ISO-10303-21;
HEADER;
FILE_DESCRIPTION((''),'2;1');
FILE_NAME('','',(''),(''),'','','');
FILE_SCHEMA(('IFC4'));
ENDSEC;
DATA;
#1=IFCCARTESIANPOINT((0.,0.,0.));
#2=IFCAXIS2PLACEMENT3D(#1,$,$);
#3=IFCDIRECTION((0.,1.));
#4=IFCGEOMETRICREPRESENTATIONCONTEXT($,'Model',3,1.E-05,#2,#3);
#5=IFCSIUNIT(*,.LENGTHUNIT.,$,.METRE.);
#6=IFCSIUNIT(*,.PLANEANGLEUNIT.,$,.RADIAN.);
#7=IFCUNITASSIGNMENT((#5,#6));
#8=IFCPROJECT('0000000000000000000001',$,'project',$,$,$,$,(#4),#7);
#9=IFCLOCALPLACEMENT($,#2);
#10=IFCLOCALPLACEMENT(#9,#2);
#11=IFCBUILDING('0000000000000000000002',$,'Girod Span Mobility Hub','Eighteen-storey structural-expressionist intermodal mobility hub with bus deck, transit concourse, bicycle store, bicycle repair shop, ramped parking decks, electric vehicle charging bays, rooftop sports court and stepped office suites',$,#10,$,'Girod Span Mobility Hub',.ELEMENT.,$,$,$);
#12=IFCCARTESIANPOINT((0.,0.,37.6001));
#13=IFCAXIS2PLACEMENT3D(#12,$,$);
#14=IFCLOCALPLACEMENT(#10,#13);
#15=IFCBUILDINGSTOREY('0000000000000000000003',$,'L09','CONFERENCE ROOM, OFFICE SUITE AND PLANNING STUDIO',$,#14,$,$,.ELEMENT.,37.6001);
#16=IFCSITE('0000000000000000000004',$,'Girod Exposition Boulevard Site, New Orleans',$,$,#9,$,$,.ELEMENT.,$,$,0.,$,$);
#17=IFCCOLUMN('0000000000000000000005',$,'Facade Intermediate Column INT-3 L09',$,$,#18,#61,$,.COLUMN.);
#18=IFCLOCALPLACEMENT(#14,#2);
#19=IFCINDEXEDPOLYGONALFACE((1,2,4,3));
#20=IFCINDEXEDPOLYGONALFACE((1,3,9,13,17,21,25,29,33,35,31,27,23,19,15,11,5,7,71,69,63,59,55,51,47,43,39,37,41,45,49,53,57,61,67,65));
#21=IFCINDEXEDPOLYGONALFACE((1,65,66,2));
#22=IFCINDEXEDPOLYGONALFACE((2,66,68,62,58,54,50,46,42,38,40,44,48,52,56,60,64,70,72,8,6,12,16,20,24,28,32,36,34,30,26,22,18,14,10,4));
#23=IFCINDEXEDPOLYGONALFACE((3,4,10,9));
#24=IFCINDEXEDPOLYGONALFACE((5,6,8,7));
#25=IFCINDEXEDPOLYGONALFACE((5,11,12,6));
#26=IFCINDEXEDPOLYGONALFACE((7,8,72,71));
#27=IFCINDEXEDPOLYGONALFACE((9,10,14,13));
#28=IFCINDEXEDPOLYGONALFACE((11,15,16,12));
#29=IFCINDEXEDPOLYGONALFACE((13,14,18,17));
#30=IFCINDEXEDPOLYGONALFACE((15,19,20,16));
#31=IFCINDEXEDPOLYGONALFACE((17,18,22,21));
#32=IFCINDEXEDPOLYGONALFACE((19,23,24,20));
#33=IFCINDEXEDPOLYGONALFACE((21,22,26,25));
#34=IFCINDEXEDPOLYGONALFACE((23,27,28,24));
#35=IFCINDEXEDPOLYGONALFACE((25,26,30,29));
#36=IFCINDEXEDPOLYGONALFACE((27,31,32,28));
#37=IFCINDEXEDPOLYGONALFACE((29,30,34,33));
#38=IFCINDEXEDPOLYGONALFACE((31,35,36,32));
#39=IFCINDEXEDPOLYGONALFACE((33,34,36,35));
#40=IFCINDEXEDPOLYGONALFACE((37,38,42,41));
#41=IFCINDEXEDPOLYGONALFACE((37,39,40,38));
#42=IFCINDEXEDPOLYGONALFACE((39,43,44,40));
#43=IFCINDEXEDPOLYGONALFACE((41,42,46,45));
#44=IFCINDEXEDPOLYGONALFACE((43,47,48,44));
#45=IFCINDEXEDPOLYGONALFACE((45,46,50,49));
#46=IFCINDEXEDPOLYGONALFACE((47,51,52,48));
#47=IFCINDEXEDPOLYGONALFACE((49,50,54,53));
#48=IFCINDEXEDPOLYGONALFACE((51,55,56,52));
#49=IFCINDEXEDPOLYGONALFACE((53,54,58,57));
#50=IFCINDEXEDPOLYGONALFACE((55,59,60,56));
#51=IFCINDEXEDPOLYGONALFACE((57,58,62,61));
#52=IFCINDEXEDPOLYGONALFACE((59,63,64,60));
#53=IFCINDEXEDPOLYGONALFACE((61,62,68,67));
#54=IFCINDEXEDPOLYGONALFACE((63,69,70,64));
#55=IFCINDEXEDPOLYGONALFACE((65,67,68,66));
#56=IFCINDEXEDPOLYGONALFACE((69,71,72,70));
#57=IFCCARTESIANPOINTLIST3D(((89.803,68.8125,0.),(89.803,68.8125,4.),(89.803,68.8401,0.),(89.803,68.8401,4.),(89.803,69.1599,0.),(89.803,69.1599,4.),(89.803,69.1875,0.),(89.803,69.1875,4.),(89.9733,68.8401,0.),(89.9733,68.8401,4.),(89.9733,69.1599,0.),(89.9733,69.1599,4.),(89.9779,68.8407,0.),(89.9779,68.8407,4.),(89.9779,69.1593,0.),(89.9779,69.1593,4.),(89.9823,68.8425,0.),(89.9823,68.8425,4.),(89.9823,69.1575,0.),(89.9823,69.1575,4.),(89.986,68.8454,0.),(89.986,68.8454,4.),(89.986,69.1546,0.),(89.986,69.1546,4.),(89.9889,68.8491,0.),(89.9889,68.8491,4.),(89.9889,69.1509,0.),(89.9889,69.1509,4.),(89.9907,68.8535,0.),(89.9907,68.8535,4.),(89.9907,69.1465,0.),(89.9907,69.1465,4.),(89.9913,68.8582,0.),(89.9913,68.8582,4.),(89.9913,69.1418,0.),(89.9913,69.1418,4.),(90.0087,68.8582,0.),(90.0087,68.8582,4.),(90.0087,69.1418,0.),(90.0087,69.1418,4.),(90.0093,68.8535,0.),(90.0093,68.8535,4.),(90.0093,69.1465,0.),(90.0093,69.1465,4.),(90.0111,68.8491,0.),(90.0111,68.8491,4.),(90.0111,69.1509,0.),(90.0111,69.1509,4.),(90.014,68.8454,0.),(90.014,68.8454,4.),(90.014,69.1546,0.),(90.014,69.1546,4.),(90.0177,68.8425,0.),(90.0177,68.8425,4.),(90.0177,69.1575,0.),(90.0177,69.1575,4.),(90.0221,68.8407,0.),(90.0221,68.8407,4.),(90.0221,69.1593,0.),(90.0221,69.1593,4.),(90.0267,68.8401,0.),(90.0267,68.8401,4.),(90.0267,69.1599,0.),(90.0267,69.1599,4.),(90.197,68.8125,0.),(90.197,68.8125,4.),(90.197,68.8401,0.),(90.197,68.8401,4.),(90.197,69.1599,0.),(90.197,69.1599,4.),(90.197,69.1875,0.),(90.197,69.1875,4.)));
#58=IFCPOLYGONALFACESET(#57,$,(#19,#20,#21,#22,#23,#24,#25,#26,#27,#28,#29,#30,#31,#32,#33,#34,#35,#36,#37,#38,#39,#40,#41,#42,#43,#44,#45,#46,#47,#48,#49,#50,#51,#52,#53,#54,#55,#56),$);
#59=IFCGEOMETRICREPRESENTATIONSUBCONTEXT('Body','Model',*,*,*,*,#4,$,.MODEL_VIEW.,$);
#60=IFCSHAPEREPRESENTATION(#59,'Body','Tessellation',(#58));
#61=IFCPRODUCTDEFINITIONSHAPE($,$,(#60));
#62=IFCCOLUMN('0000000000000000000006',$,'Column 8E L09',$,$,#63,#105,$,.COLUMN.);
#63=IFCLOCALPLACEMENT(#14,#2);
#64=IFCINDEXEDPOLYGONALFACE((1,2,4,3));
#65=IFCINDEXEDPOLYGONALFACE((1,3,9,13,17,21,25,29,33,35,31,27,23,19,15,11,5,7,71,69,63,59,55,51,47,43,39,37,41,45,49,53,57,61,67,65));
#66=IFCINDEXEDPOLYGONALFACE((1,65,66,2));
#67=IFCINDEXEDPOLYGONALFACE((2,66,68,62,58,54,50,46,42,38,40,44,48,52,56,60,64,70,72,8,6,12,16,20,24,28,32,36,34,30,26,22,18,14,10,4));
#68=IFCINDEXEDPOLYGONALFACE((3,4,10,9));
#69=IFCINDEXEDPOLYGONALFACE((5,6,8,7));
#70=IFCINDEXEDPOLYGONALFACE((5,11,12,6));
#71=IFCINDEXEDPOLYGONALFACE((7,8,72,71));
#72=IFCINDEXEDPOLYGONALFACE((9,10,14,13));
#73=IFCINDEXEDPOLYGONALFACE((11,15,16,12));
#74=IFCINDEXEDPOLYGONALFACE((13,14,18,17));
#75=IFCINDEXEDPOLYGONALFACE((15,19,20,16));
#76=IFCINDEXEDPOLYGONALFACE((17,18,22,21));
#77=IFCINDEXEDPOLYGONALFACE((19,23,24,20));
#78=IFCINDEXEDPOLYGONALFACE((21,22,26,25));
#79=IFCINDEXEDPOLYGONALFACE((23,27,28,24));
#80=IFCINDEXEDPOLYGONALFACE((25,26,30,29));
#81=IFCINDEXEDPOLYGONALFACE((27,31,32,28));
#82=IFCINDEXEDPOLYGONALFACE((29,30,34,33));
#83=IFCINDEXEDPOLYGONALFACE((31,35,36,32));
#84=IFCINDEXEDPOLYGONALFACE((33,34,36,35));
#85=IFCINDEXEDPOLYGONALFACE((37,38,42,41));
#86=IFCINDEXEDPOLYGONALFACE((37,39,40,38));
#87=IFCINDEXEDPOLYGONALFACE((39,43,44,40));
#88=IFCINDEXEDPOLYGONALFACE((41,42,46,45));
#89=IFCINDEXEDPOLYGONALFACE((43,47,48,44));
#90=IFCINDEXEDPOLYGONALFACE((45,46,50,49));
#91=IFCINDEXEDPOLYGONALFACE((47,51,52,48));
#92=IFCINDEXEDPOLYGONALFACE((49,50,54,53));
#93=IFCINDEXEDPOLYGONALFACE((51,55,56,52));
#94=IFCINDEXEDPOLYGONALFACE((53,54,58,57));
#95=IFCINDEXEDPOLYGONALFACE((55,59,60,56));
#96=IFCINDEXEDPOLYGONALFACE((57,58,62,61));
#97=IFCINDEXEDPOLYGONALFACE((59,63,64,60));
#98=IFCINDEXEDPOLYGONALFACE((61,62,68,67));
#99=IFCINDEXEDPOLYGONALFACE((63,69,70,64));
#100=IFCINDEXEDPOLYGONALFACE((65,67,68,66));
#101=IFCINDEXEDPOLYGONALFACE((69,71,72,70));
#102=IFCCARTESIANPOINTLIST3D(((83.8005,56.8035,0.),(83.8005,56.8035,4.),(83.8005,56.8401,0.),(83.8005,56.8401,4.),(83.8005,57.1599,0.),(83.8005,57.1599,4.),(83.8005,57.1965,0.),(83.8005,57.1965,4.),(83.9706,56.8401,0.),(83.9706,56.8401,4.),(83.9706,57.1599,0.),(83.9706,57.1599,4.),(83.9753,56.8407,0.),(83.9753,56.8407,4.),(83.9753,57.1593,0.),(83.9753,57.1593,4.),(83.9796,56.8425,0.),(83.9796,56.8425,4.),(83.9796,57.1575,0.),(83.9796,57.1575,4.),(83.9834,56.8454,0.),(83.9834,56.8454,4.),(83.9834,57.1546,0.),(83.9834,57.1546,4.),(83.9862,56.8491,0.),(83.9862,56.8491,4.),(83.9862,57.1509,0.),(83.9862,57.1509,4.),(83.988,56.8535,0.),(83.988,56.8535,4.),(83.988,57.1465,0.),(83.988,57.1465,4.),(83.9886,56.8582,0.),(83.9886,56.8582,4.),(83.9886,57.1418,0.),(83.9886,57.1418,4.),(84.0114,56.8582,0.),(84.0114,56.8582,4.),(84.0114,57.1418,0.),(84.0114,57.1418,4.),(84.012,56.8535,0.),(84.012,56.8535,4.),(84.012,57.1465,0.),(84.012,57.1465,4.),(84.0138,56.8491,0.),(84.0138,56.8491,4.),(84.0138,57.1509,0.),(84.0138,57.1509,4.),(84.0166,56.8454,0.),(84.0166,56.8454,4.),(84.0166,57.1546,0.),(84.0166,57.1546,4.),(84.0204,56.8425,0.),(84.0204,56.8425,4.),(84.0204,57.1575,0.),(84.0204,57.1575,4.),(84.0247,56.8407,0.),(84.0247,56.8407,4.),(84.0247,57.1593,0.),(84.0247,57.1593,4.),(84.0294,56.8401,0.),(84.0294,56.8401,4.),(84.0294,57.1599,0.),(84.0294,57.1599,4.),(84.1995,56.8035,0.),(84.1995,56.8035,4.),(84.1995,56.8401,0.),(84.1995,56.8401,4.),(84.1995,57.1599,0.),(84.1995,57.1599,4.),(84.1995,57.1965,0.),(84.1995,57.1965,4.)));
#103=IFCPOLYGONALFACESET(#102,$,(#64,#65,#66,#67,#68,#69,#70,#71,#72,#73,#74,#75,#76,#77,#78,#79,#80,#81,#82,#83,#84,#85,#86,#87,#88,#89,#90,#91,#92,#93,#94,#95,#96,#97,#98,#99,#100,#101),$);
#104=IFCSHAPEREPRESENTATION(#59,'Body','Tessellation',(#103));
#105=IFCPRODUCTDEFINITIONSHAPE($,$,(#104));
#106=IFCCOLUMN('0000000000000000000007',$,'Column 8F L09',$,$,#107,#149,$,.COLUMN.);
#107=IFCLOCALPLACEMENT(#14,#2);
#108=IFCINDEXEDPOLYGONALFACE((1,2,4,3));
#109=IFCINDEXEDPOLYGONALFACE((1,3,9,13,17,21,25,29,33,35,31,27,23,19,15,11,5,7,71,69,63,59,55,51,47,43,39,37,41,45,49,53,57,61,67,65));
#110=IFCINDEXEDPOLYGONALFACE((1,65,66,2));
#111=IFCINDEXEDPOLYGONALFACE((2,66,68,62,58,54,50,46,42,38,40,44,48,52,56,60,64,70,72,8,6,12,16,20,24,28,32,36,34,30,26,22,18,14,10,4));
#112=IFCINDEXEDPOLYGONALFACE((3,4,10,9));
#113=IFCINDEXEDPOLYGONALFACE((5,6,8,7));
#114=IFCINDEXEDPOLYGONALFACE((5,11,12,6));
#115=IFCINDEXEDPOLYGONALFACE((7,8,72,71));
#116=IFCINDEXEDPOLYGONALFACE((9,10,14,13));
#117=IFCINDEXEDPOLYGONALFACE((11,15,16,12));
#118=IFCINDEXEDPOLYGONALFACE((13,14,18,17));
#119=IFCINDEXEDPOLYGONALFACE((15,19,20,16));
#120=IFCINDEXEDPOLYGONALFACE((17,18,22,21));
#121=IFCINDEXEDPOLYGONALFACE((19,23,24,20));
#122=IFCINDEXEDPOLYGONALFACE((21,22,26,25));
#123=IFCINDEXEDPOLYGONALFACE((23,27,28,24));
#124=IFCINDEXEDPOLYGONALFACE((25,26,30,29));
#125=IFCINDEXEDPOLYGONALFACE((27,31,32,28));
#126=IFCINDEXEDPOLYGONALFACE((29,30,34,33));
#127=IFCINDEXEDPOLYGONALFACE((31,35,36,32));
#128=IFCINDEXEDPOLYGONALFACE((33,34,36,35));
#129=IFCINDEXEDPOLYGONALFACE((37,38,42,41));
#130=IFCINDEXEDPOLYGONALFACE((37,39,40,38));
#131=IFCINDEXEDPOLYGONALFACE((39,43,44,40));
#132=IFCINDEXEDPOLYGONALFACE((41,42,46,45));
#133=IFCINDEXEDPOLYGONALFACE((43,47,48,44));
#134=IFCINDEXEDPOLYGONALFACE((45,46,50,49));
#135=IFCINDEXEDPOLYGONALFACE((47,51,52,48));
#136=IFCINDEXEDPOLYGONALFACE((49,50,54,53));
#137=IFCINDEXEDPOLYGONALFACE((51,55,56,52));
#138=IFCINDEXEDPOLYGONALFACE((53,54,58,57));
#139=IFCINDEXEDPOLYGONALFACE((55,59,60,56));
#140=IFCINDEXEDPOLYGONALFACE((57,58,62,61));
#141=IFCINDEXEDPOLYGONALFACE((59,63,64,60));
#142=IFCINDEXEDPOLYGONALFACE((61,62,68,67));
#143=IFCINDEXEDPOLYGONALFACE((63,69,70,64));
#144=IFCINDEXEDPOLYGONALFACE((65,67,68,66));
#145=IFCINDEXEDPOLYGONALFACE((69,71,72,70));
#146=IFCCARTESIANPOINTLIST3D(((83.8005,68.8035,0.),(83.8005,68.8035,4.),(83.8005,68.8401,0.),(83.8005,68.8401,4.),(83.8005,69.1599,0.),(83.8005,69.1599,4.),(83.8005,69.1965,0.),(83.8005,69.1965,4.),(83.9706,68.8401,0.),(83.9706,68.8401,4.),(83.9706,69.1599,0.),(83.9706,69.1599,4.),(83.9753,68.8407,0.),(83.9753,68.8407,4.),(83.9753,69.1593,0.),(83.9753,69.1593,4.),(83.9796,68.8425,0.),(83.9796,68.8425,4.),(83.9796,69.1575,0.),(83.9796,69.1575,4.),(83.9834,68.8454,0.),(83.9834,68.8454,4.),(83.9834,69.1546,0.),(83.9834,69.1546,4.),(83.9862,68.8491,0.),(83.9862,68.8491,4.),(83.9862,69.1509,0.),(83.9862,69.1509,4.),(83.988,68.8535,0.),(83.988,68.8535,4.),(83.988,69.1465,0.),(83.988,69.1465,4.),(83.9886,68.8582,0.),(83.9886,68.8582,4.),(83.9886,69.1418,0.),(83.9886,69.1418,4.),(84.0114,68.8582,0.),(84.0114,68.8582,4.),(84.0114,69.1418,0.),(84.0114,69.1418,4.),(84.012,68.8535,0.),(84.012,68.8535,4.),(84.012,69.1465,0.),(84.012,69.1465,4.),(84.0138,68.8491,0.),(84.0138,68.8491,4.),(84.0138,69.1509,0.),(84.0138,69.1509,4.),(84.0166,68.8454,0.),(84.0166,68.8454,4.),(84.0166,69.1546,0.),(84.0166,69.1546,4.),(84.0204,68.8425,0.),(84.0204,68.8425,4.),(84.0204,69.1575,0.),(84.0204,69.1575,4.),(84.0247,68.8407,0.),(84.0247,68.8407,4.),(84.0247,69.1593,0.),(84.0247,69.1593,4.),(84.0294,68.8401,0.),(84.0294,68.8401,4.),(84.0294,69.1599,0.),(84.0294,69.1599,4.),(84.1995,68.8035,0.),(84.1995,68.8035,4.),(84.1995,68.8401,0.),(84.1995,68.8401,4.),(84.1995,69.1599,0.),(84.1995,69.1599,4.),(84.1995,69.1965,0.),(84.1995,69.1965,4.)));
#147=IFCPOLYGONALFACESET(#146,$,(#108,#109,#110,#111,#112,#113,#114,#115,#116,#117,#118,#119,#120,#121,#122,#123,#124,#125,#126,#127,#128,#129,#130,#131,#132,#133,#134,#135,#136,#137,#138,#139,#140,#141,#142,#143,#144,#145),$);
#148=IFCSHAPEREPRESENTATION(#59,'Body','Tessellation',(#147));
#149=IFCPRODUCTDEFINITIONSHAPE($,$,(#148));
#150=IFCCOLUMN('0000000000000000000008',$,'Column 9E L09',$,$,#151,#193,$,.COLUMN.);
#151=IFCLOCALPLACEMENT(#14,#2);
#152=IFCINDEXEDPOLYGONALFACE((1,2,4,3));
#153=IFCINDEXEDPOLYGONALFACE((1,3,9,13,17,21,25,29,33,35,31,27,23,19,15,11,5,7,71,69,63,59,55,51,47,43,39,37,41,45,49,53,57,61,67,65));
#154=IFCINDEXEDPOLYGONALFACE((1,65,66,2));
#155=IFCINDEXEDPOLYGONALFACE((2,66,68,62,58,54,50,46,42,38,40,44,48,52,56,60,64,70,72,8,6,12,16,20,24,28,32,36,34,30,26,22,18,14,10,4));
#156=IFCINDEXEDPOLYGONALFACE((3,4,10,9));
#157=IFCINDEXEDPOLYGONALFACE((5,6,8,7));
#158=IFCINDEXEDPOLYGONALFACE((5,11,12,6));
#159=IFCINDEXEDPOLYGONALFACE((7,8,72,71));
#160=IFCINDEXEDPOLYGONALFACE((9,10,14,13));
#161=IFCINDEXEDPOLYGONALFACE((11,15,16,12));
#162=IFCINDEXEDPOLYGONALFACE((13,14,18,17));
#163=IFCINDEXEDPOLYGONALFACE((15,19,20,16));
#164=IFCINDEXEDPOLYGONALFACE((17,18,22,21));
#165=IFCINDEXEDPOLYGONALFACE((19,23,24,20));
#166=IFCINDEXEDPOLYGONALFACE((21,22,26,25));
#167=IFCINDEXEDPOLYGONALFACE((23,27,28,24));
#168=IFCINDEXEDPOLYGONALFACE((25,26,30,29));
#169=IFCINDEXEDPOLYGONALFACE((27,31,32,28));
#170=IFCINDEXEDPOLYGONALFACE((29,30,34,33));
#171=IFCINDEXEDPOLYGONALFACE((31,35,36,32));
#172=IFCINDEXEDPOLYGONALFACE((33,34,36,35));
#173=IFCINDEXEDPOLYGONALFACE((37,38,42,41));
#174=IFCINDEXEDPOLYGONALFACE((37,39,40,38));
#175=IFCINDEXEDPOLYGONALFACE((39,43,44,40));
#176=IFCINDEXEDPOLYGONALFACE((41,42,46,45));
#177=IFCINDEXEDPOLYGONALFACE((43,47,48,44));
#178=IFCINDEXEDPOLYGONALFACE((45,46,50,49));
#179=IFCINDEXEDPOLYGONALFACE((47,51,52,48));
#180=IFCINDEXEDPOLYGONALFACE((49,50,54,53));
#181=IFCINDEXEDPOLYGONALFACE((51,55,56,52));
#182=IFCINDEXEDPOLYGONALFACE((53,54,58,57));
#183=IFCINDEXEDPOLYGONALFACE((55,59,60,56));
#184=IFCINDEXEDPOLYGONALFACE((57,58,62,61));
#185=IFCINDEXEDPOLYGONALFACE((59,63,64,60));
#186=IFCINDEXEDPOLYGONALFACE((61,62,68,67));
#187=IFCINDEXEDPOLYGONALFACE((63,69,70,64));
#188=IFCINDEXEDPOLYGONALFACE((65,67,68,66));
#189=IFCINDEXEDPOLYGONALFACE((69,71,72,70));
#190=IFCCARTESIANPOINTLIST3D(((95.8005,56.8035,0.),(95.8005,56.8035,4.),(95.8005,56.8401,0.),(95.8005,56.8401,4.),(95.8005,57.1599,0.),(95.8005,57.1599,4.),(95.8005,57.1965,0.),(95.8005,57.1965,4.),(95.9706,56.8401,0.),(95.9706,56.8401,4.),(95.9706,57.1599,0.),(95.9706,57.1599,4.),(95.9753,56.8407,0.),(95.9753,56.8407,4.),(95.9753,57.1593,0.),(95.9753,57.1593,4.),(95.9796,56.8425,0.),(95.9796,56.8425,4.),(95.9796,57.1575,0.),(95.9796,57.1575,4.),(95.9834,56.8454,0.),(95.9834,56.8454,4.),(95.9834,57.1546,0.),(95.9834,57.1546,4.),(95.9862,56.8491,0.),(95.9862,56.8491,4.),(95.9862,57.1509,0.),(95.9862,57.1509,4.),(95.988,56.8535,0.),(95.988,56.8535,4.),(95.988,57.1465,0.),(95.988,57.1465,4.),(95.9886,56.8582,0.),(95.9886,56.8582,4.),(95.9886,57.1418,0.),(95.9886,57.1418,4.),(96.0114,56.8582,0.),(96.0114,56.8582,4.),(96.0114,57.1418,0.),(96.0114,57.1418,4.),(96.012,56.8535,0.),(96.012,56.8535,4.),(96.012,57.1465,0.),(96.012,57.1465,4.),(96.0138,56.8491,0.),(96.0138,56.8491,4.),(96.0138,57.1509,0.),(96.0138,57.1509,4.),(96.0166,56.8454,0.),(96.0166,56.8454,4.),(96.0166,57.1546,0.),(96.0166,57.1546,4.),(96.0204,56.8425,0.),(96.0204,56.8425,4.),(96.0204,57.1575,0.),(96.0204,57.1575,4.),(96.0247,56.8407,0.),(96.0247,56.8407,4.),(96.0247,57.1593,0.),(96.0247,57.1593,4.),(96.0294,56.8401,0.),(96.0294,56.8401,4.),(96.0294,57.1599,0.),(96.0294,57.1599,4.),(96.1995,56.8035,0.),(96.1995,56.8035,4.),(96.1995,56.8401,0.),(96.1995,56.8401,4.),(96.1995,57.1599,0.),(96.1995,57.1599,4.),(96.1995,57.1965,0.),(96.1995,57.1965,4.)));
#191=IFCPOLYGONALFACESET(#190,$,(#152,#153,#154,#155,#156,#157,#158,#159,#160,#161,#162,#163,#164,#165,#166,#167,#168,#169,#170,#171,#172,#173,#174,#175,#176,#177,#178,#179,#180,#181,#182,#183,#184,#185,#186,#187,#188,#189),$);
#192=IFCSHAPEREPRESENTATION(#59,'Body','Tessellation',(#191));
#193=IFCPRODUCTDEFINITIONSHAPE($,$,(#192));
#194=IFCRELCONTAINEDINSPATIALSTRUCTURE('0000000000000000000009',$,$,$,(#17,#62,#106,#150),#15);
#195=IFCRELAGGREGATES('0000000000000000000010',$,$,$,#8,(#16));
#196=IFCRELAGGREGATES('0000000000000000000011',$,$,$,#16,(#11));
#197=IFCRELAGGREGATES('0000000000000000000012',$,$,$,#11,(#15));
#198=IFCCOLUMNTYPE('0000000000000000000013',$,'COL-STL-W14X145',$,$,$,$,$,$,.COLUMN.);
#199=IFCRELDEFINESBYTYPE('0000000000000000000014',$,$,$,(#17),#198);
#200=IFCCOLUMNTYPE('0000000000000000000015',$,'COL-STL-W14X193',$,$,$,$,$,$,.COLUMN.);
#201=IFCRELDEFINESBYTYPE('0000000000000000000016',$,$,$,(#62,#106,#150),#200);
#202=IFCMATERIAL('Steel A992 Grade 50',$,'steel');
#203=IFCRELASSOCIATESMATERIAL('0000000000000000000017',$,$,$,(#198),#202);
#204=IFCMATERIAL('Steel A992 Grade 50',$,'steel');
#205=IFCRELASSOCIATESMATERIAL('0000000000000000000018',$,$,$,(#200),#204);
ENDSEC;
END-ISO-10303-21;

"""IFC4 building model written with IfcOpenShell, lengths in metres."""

from ifc_helpers import new_model, si_unit, direction, frame, origin, origin_2d, place, context, subcontext, project, spatial, i_section, extrude, material, material_profile, profile_set, type_object, element, save


model = new_model("IFC4")

# Units and contexts
model_context = context("Model", 3, precision=1e-05, world=origin(), true_north=direction((0.0, 1.0)))
body_context = subcontext(model_context, "Body", "Model", "MODEL_VIEW")
ifc_project = project(units=[si_unit("LENGTHUNIT", "METRE"), si_unit("PLANEANGLEUNIT", "RADIAN")], contexts=[model_context])

# Site, building, storey
site_placement = place(None, origin())
site = spatial("IfcSite", under=ifc_project, at=site_placement, Name="Girod Exposition Boulevard Site, New Orleans", CompositionType="ELEMENT", RefElevation=0.0)
building_placement = place(site_placement, origin())
building = spatial("IfcBuilding", under=site, at=building_placement, Name="Girod Span Mobility Hub", Description="Eighteen-storey structural-expressionist intermodal mobility hub with bus deck, transit concourse, bicycle store, bicycle repair shop, ramped parking decks, electric vehicle charging bays, rooftop sports court and stepped office suites", LongName="Girod Span Mobility Hub", CompositionType="ELEMENT")
storey_placement = place(building_placement, frame((0.0, 0.0, 37.6001)))
storey = spatial("IfcBuildingStorey", under=building, at=storey_placement, Name="L09", Description="CONFERENCE ROOM, OFFICE SUITE AND PLANNING STUDIO", CompositionType="ELEMENT", Elevation=37.6001)

# Columns
ifc_material_1 = material(Name="Steel A992 Grade 50", Category="steel")
ifc_material_profile_1 = material_profile(ifc_material_1, i_section(OverallWidth=0.394, OverallDepth=0.375, WebThickness=0.0173, FlangeThickness=0.0276, FilletRadius=0.0181, at=origin_2d()), Name="W14X145")
ifc_profile_set_1 = profile_set([ifc_material_profile_1], Name="Steel A992 Grade 50")
column_type_1 = type_object("IfcColumnType", Name="COL-STL-W14X145", PredefinedType="COLUMN", material=ifc_profile_set_1)
column_placement = place(storey_placement, frame((90.0, 69.0, 0.0), z_axis=(0.0, 0.0, 1.0), x_axis=(1.0, 0.0, 0.0)))
element("IfcColumn", 1, at=column_placement, inside=storey, type_object=column_type_1, Name="Facade Intermediate Column INT-3 L09", PredefinedType="COLUMN", context=body_context, shape_type="SweptSolid", body=[
    extrude(i_section(OverallWidth=0.394, OverallDepth=0.375, WebThickness=0.0173, FlangeThickness=0.0276, FilletRadius=0.0181, at=origin_2d()), origin(), (0.0, 0.0, 1.0), 4.0),
])
ifc_material_2 = material(Name="Steel A992 Grade 50", Category="steel")
ifc_material_profile_2 = material_profile(ifc_material_2, i_section(OverallWidth=0.3989, OverallDepth=0.3931, WebThickness=0.0227, FlangeThickness=0.0366, FilletRadius=0.0181, at=origin_2d()), Name="W14X193")
ifc_profile_set_2 = profile_set([ifc_material_profile_2], Name="Steel A992 Grade 50")
column_type_2 = type_object("IfcColumnType", Name="COL-STL-W14X193", PredefinedType="COLUMN", material=ifc_profile_set_2)
for number, where, z_axis, x_axis, name in (
    (2, (84.0, 57.0, 0.0), (0.0, 0.0, 1.0), (1.0, 0.0, 0.0), "Column 8E L09"),
    (3, (84.0, 69.0, 0.0), (0.0, 0.0, 1.0), (1.0, 0.0, 0.0), "Column 8F L09"),
    (4, (96.0, 57.0, 0.0), (0.0, 0.0, 1.0), (1.0, 0.0, 0.0), "Column 9E L09"),
):
    element("IfcColumn", number, at=place(storey_placement, frame(where, z_axis=z_axis, x_axis=x_axis)), inside=storey, type_object=column_type_2, Name=name, PredefinedType="COLUMN", context=body_context, shape_type="SweptSolid", body=[
        extrude(i_section(OverallWidth=0.3989, OverallDepth=0.3931, WebThickness=0.0227, FlangeThickness=0.0366, FilletRadius=0.0181, at=origin_2d()), origin(), (0.0, 0.0, 1.0), 4.0),
    ])

save(model, "model.ifc")
